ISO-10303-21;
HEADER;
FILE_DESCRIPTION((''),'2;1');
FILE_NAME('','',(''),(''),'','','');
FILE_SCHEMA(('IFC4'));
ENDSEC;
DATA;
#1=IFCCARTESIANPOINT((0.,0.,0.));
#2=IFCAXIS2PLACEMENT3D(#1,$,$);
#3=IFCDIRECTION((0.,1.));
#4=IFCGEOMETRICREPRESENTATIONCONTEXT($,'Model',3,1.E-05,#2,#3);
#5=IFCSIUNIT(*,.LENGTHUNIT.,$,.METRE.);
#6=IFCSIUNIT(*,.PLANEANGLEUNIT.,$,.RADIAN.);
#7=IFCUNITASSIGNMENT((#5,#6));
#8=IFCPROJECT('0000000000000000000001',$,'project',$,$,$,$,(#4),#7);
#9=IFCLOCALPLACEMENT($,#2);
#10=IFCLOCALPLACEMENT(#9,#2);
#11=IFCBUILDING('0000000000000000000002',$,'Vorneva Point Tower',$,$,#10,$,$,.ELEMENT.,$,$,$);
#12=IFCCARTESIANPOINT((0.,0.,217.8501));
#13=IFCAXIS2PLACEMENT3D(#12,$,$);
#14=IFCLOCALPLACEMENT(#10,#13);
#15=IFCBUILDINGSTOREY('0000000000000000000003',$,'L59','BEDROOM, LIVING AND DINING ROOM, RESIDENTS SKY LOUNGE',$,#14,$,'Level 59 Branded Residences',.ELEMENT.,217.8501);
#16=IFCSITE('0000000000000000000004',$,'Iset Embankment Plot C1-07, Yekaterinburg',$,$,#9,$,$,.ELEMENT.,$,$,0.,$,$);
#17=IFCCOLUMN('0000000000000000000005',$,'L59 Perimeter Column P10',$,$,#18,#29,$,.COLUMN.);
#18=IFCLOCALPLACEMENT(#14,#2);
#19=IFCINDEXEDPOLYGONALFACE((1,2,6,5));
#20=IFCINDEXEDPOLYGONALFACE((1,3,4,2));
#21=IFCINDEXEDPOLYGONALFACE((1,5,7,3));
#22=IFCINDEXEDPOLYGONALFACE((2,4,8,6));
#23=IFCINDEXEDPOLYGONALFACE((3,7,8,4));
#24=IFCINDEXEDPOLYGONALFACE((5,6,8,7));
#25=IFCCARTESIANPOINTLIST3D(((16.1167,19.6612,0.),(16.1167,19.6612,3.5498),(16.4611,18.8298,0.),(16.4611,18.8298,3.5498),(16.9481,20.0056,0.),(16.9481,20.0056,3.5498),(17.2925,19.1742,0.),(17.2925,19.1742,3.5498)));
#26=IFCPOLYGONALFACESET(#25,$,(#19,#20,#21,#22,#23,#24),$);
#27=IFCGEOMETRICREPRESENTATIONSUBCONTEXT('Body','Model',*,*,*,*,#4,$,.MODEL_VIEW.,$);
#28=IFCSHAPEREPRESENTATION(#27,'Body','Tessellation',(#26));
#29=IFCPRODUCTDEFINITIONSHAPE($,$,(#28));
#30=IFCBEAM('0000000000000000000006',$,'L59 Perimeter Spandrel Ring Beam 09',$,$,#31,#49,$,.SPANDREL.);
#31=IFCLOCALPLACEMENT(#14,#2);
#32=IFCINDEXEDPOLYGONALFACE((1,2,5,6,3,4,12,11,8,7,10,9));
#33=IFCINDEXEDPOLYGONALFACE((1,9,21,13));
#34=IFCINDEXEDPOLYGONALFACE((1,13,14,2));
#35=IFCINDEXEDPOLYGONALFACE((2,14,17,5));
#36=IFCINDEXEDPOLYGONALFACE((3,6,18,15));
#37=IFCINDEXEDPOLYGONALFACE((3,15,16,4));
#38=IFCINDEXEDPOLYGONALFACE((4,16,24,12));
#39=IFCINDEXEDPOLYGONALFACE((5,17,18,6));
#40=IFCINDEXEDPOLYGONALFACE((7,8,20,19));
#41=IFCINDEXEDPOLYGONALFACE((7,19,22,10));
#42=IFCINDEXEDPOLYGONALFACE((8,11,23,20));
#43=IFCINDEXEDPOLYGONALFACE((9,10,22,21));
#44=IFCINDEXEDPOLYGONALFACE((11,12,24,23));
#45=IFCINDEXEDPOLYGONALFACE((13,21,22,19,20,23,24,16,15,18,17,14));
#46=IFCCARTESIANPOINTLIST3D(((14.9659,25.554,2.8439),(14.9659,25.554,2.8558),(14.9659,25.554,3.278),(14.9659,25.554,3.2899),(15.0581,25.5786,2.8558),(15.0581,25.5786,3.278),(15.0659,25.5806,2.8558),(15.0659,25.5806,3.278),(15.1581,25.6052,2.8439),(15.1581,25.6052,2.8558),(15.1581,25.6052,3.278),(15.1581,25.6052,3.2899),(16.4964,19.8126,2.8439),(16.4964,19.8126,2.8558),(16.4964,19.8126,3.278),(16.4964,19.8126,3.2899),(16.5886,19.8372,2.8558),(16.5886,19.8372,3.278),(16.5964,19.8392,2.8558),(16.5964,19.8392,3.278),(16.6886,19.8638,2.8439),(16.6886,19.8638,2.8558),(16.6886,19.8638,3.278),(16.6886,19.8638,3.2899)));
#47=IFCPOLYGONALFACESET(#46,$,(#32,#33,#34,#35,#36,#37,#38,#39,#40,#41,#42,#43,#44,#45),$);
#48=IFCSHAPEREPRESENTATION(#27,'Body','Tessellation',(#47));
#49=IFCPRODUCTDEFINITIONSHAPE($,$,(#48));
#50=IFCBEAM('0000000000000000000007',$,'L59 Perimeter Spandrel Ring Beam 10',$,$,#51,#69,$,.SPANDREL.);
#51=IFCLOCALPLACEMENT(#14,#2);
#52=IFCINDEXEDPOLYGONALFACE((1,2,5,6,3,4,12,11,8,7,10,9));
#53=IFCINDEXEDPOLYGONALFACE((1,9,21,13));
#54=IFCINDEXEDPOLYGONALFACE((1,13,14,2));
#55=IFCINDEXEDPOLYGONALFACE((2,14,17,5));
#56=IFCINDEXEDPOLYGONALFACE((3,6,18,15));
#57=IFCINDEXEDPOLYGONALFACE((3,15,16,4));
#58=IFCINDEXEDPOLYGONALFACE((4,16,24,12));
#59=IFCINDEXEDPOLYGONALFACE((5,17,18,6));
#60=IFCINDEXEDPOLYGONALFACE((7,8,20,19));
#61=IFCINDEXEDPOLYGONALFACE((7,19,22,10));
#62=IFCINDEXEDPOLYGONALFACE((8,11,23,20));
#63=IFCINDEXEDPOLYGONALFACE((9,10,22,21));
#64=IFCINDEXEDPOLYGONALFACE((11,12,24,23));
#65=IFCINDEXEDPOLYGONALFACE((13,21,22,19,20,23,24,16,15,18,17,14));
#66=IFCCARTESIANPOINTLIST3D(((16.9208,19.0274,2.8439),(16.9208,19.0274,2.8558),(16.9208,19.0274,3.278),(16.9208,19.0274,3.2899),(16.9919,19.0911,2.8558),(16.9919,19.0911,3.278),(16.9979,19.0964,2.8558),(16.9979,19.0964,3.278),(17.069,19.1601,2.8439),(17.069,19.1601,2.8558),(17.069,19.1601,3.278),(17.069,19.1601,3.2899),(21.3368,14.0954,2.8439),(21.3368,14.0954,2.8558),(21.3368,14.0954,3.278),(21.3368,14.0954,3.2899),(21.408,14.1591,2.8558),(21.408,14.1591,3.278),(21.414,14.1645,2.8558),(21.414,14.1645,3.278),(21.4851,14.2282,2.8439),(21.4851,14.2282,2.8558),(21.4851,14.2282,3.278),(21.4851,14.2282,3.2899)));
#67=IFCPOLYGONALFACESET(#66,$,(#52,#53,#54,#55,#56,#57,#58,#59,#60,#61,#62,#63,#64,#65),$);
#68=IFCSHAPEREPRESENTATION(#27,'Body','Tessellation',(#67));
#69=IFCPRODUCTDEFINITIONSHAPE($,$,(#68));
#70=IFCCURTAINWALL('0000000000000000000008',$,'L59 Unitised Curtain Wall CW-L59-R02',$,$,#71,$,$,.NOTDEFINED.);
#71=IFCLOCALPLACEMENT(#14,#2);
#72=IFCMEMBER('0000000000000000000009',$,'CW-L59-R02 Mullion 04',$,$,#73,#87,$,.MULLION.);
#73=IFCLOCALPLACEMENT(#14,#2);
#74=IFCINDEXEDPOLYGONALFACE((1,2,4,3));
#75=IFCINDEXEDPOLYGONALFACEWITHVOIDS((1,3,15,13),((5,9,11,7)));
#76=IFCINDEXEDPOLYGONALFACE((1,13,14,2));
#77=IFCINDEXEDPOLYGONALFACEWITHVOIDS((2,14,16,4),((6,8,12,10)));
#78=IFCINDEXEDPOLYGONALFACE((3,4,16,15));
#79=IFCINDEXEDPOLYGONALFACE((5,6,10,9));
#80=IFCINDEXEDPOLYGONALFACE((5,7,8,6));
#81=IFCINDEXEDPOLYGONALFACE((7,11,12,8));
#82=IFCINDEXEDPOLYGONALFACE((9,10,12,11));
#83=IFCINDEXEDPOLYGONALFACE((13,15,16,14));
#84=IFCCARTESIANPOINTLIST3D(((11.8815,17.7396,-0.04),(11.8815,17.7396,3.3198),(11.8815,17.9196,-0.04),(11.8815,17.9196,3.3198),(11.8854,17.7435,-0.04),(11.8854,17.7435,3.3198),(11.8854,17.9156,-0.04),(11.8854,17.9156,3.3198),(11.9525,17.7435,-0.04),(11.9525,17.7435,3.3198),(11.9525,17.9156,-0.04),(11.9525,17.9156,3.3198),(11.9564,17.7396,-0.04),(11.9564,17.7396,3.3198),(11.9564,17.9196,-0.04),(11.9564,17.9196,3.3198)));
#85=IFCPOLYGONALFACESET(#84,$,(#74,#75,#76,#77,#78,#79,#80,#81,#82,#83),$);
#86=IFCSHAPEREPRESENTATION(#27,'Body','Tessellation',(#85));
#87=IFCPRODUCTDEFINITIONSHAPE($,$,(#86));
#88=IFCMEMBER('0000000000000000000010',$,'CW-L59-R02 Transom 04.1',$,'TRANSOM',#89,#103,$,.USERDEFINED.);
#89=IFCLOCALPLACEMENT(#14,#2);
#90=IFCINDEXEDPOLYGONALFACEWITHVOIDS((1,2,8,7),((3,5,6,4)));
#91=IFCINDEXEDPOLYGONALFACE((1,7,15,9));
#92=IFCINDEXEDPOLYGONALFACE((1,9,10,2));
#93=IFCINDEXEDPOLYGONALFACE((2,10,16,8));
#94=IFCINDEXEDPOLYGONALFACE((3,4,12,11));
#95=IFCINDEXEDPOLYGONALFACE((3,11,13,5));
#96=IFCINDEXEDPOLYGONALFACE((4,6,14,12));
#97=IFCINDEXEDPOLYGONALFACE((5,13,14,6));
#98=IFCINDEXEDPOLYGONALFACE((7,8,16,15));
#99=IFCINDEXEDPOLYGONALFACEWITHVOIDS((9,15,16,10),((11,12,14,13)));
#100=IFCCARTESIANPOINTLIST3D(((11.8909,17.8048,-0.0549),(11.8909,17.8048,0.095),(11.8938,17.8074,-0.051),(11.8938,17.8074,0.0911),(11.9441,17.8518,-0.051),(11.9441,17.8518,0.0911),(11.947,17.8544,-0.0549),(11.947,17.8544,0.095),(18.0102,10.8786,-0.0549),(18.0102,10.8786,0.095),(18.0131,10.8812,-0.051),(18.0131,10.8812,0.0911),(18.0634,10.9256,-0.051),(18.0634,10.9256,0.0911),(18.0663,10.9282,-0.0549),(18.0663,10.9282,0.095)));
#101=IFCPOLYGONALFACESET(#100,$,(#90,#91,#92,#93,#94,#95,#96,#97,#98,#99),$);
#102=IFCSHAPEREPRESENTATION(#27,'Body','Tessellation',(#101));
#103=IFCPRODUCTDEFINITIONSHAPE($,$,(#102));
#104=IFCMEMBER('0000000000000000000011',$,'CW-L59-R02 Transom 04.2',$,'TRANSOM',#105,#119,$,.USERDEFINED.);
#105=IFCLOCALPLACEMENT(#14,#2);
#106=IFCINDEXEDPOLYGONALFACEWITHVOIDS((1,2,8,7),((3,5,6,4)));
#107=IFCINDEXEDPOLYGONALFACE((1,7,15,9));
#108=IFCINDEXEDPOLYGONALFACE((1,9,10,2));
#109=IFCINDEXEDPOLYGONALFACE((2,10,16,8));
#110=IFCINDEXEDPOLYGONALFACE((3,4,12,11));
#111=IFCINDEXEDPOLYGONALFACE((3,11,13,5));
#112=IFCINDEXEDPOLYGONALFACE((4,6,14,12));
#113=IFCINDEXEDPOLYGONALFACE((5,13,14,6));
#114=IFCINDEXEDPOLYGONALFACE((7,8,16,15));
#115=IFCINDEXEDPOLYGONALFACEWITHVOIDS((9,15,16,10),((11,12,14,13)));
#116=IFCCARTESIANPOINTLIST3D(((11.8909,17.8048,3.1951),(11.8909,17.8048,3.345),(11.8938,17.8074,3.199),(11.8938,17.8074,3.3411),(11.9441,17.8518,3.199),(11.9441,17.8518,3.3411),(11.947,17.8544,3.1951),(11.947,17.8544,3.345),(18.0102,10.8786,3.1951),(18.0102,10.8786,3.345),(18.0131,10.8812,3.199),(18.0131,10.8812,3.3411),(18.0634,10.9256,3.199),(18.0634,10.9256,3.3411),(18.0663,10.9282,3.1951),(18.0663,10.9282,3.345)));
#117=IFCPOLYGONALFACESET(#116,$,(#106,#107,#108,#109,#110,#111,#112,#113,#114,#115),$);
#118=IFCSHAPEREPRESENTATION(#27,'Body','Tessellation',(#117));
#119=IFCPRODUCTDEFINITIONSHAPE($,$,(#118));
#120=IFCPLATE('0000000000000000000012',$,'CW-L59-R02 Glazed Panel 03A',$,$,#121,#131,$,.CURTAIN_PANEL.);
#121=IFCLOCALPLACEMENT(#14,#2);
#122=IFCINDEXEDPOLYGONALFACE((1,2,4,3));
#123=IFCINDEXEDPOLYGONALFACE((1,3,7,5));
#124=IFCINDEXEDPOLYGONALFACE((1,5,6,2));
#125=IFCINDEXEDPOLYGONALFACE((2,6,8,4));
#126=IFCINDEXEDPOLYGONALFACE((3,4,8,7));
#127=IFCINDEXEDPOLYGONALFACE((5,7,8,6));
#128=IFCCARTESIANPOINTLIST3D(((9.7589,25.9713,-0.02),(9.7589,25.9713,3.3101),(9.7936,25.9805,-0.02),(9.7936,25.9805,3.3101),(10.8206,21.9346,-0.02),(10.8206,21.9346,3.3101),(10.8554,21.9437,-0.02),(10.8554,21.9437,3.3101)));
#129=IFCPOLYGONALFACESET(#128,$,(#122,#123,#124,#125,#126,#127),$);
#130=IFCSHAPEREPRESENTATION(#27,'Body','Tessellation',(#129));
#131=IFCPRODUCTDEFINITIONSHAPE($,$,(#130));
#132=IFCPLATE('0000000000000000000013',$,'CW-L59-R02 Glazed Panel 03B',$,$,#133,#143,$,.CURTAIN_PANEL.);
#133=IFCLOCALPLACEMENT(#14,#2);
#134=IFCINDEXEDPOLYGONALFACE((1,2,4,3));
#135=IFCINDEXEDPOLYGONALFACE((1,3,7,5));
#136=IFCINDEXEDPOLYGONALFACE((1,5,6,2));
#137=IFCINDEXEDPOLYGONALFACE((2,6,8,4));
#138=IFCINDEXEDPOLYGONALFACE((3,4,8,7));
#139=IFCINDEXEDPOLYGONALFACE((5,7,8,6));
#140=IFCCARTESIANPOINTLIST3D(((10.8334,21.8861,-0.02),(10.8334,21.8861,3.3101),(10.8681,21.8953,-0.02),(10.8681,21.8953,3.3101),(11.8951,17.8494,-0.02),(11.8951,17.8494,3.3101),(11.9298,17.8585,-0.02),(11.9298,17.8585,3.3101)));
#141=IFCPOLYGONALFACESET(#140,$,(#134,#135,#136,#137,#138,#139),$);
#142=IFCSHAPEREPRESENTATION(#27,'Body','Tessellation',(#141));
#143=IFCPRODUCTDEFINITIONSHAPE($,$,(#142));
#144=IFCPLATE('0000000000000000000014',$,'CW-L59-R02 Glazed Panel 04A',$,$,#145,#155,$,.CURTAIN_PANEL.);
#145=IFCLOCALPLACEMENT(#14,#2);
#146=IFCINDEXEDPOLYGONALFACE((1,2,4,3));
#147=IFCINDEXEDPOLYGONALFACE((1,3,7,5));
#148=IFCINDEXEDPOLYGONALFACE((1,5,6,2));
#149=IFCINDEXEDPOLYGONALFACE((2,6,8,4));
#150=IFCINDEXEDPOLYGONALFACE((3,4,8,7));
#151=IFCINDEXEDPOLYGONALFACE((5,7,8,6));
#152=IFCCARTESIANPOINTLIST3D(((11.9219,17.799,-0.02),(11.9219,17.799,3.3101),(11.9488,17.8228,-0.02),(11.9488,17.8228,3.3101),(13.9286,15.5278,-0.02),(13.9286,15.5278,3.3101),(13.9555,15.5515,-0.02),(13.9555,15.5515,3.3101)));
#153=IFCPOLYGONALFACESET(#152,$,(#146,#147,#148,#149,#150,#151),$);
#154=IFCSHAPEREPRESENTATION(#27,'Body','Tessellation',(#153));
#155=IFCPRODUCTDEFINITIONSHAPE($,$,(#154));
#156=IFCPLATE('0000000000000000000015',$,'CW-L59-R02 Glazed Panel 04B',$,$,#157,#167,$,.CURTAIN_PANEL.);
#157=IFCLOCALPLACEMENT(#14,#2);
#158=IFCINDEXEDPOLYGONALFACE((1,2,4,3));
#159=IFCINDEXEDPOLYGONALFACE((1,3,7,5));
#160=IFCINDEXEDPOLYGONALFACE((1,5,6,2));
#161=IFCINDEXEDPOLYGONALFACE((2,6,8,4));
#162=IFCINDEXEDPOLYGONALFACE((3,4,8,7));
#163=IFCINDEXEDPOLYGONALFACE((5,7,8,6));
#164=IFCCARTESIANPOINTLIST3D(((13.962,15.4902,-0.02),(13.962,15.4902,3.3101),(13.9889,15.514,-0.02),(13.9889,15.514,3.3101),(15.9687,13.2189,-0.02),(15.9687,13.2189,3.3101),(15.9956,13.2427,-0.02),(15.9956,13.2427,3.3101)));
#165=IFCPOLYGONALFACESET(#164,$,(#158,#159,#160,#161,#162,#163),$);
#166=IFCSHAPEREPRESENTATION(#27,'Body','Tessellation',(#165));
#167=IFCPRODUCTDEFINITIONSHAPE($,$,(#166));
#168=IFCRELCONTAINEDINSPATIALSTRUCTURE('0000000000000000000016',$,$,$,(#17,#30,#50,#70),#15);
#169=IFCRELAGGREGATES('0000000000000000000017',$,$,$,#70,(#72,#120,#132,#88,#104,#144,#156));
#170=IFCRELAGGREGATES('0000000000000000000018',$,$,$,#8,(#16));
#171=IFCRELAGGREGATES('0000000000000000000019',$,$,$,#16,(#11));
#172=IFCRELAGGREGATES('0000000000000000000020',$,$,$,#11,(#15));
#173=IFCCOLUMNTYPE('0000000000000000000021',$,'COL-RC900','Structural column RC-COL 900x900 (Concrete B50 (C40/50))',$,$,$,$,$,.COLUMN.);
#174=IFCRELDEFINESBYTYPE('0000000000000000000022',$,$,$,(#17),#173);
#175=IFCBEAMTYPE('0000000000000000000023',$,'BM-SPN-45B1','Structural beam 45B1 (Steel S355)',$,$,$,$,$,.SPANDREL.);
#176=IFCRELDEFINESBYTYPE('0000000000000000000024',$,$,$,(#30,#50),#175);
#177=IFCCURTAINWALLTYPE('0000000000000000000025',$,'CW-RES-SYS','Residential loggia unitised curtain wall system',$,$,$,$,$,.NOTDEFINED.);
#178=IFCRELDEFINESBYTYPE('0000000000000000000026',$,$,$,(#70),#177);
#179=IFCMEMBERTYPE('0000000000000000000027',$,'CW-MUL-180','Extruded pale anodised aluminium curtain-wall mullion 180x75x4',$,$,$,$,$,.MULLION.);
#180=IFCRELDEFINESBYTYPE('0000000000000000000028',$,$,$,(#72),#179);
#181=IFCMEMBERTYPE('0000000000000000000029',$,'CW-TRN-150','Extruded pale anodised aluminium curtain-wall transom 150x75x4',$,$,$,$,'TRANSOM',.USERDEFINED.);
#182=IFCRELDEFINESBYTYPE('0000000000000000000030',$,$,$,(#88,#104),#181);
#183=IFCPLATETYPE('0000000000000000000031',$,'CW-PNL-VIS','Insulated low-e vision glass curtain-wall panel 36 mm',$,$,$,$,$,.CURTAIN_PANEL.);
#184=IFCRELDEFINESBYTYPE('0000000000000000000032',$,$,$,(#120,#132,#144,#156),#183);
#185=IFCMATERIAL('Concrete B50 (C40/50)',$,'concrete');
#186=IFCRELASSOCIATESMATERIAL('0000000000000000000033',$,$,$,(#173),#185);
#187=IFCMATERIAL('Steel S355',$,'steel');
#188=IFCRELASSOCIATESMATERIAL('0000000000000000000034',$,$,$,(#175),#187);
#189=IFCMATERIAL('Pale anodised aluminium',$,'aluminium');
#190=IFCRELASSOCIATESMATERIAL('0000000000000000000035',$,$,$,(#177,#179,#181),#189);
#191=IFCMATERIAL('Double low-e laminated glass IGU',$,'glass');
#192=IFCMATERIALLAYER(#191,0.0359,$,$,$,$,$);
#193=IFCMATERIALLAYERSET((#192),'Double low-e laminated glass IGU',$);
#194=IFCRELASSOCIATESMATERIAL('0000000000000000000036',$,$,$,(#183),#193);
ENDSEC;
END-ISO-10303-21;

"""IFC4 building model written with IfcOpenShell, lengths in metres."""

from ifc_helpers import new_model, si_unit, direction, frame, origin, origin_2d, place, context, subcontext, project, spatial, rectangle, hollow_rectangle, i_section, extrude, material, layer, layer_set, material_profile, profile_set, type_object, element, aggregate, save


model = new_model("IFC4")

# Units and contexts
model_context = context("Model", 3, precision=1e-05, world=origin(), true_north=direction((0.0, 1.0)))
body_context = subcontext(model_context, "Body", "Model", "MODEL_VIEW")
ifc_project = project(units=[si_unit("LENGTHUNIT", "METRE"), si_unit("PLANEANGLEUNIT", "RADIAN")], contexts=[model_context])

# Site, building, storey
site_placement = place(None, origin())
site = spatial("IfcSite", under=ifc_project, at=site_placement, Name="Iset Embankment Plot C1-07, Yekaterinburg", CompositionType="ELEMENT", RefElevation=0.0)
building_placement = place(site_placement, origin())
building = spatial("IfcBuilding", under=site, at=building_placement, Name="Vorneva Point Tower", CompositionType="ELEMENT")
storey_placement = place(building_placement, frame((0.0, 0.0, 217.8501)))
storey = spatial("IfcBuildingStorey", under=building, at=storey_placement, Name="L59", Description="BEDROOM, LIVING AND DINING ROOM, RESIDENTS SKY LOUNGE", LongName="Level 59 Branded Residences", CompositionType="ELEMENT", Elevation=217.8501)

# Column
ifc_material_1 = material(Name="Concrete B50 (C40/50)", Category="concrete")
ifc_material_profile_1 = material_profile(ifc_material_1, rectangle(XDim=0.8999, YDim=0.8999, at=origin_2d()), Name="RC-COL 900x900")
ifc_profile_set_1 = profile_set([ifc_material_profile_1], Name="Concrete B50 (C40/50)")
column_type = type_object("IfcColumnType", Name="COL-RC900", Description="Structural column RC-COL 900x900 (Concrete B50 (C40/50))", PredefinedType="COLUMN", material=ifc_profile_set_1)
column_placement = place(storey_placement, frame((16.7046, 19.4177, 0.0), z_axis=(0.0, 0.0, 1.0), x_axis=(-0.92388, -0.382683, 0.0)))
element("IfcColumn", 1, at=column_placement, inside=storey, type_object=column_type, Name="L59 Perimeter Column P10", PredefinedType="COLUMN", context=body_context, shape_type="SweptSolid", body=[
    extrude(rectangle(XDim=0.8999, YDim=0.8999, at=origin_2d()), origin(), (0.0, 0.0, 1.0), 3.5498),
])

# Beams
ifc_material_2 = material(Name="Steel S355", Category="steel")
ifc_material_profile_2 = material_profile(ifc_material_2, i_section(OverallWidth=0.199, OverallDepth=0.446, WebThickness=0.0081, FlangeThickness=0.012, at=origin_2d()), Name="45B1")
ifc_profile_set_2 = profile_set([ifc_material_profile_2], Name="Steel S355")
beam_type = type_object("IfcBeamType", Name="BM-SPN-45B1", Description="Structural beam 45B1 (Steel S355)", PredefinedType="SPANDREL", material=ifc_profile_set_2)
beam_1_placement = place(storey_placement, frame((15.062, 25.5796, 3.0669), z_axis=(0.257578, -0.966257, 0.0), x_axis=(0.966257, 0.257578, 0.0)))
element("IfcBeam", 2, at=beam_1_placement, inside=storey, type_object=beam_type, Name="L59 Perimeter Spandrel Ring Beam 09", PredefinedType="SPANDREL", context=body_context, shape_type="SweptSolid", body=[
    extrude(i_section(OverallWidth=0.199, OverallDepth=0.446, WebThickness=0.0081, FlangeThickness=0.012, at=origin_2d()), origin(), (0.0, 0.0, 1.0), 5.9419),
])
beam_2_placement = place(storey_placement, frame((16.9949, 19.0938, 3.0669), z_axis=(0.66707, -0.744995, 0.0), x_axis=(0.744995, 0.66707, 0.0)))
element("IfcBeam", 3, at=beam_2_placement, inside=storey, type_object=beam_type, Name="L59 Perimeter Spandrel Ring Beam 10", PredefinedType="SPANDREL", context=body_context, shape_type="SweptSolid", body=[
    extrude(i_section(OverallWidth=0.199, OverallDepth=0.446, WebThickness=0.0081, FlangeThickness=0.012, at=origin_2d()), origin(), (0.0, 0.0, 1.0), 6.6201),
])

# Curtain wall, members, plates
ifc_material_3 = material(Name="Pale anodised aluminium", Category="aluminium")
curtain_wall_type = type_object("IfcCurtainWallType", Name="CW-RES-SYS", Description="Residential loggia unitised curtain wall system", PredefinedType="NOTDEFINED", material=ifc_material_3)
curtain_wall_placement = place(storey_placement, origin())
curtain_wall = element("IfcCurtainWall", 4, at=curtain_wall_placement, inside=storey, type_object=curtain_wall_type, Name="L59 Unitised Curtain Wall CW-L59-R02", PredefinedType="NOTDEFINED")
ifc_material_profile_3 = material_profile(ifc_material_3, hollow_rectangle(XDim=0.075, YDim=0.1799, WallThickness=0.0039, at=origin_2d()), Name="AL-MUL 180x75x4")
ifc_profile_set_3 = profile_set([ifc_material_profile_3], Name="Pale anodised aluminium")
member_type_1 = type_object("IfcMemberType", Name="CW-MUL-180", Description="Extruded pale anodised aluminium curtain-wall mullion 180x75x4", PredefinedType="MULLION", material=ifc_profile_set_3)
member_1_placement = place(storey_placement, frame((11.9189, 17.8296, -0.04), z_axis=(0.0, 0.0, 1.0), x_axis=(1.0, 0.0, 0.0)))
member_1 = element("IfcMember", 5, at=member_1_placement, type_object=member_type_1, Name="CW-L59-R02 Mullion 04", PredefinedType="MULLION", context=body_context, shape_type="SweptSolid", body=[
    extrude(hollow_rectangle(XDim=0.075, YDim=0.1799, WallThickness=0.0039, at=origin_2d()), origin(), (0.0, 0.0, 1.0), 3.3599),
])
ifc_material_profile_4 = material_profile(ifc_material_3, hollow_rectangle(XDim=0.075, YDim=0.1499, WallThickness=0.0039, at=origin_2d()), Name="AL-TRN 150x75x4")
ifc_profile_set_4 = profile_set([ifc_material_profile_4], Name="Pale anodised aluminium")
member_type_2 = type_object("IfcMemberType", Name="CW-TRN-150", Description="Extruded pale anodised aluminium curtain-wall transom 150x75x4", ElementType="TRANSOM", PredefinedType="USERDEFINED", material=ifc_profile_set_4)
member_2_placement = place(storey_placement, frame((11.9189, 17.8296, 0.02), z_axis=(0.662106, -0.74941, 0.0), x_axis=(0.74941, 0.662106, 0.0)))
member_2 = element("IfcMember", 6, at=member_2_placement, type_object=member_type_2, Name="CW-L59-R02 Transom 04.1", ObjectType="TRANSOM", PredefinedType="USERDEFINED", context=body_context, shape_type="SweptSolid", body=[
    extrude(hollow_rectangle(XDim=0.075, YDim=0.1499, WallThickness=0.0039, at=origin_2d()), origin(), (0.0, 0.0, 1.0), 9.2422),
])
member_3_placement = place(storey_placement, frame((11.9189, 17.8296, 3.27), z_axis=(0.662106, -0.74941, 0.0), x_axis=(0.74941, 0.662106, 0.0)))
member_3 = element("IfcMember", 7, at=member_3_placement, type_object=member_type_2, Name="CW-L59-R02 Transom 04.2", ObjectType="TRANSOM", PredefinedType="USERDEFINED", context=body_context, shape_type="SweptSolid", body=[
    extrude(hollow_rectangle(XDim=0.075, YDim=0.1499, WallThickness=0.0039, at=origin_2d()), origin(), (0.0, 0.0, 1.0), 9.2422),
])
ifc_material_4 = material(Name="Double low-e laminated glass IGU", Category="glass")
ifc_layer_1 = layer(ifc_material_4, 0.0359)
ifc_layer_set_1 = layer_set([ifc_layer_1], Name="Double low-e laminated glass IGU")
plate_type = type_object("IfcPlateType", Name="CW-PNL-VIS", Description="Insulated low-e vision glass curtain-wall panel 36 mm", PredefinedType="CURTAIN_PANEL", material=ifc_layer_set_1)
plate_1_placement = place(storey_placement, frame((10.3071, 23.9575, -0.02), z_axis=(0.0, 0.0, 1.0), x_axis=(0.254366, -0.967108, 0.0)))
plate_1 = element("IfcPlate", 8, at=plate_1_placement, type_object=plate_type, Name="CW-L59-R02 Glazed Panel 03A", PredefinedType="CURTAIN_PANEL", context=body_context, shape_type="SweptSolid", body=[
    extrude(rectangle(XDim=4.1741, YDim=0.0359, at=origin_2d()), origin(), (0.0, 0.0, 1.0), 3.3301),
])
plate_2_placement = place(storey_placement, frame((11.3816, 19.8723, -0.02), z_axis=(0.0, 0.0, 1.0), x_axis=(0.254366, -0.967108, 0.0)))
plate_2 = element("IfcPlate", 9, at=plate_2_placement, type_object=plate_type, Name="CW-L59-R02 Glazed Panel 03B", PredefinedType="CURTAIN_PANEL", context=body_context, shape_type="SweptSolid", body=[
    extrude(rectangle(XDim=4.1741, YDim=0.0359, at=origin_2d()), origin(), (0.0, 0.0, 1.0), 3.3301),
])
plate_3_placement = place(storey_placement, frame((12.9387, 16.6753, -0.02), z_axis=(0.0, 0.0, 1.0), x_axis=(0.66211, -0.749407, 0.0)))
plate_3 = element("IfcPlate", 10, at=plate_3_placement, type_object=plate_type, Name="CW-L59-R02 Glazed Panel 04A", PredefinedType="CURTAIN_PANEL", context=body_context, shape_type="SweptSolid", body=[
    extrude(rectangle(XDim=3.0308, YDim=0.0359, at=origin_2d()), origin(), (0.0, 0.0, 1.0), 3.3301),
])
plate_4_placement = place(storey_placement, frame((14.9788, 14.3665, -0.02), z_axis=(0.0, 0.0, 1.0), x_axis=(0.66211, -0.749407, 0.0)))
plate_4 = element("IfcPlate", 11, at=plate_4_placement, type_object=plate_type, Name="CW-L59-R02 Glazed Panel 04B", PredefinedType="CURTAIN_PANEL", context=body_context, shape_type="SweptSolid", body=[
    extrude(rectangle(XDim=3.0308, YDim=0.0359, at=origin_2d()), origin(), (0.0, 0.0, 1.0), 3.3301),
])
aggregate(curtain_wall, [member_1, plate_1, plate_2, member_2, member_3, plate_3, plate_4])

save(model, "model.ifc")
